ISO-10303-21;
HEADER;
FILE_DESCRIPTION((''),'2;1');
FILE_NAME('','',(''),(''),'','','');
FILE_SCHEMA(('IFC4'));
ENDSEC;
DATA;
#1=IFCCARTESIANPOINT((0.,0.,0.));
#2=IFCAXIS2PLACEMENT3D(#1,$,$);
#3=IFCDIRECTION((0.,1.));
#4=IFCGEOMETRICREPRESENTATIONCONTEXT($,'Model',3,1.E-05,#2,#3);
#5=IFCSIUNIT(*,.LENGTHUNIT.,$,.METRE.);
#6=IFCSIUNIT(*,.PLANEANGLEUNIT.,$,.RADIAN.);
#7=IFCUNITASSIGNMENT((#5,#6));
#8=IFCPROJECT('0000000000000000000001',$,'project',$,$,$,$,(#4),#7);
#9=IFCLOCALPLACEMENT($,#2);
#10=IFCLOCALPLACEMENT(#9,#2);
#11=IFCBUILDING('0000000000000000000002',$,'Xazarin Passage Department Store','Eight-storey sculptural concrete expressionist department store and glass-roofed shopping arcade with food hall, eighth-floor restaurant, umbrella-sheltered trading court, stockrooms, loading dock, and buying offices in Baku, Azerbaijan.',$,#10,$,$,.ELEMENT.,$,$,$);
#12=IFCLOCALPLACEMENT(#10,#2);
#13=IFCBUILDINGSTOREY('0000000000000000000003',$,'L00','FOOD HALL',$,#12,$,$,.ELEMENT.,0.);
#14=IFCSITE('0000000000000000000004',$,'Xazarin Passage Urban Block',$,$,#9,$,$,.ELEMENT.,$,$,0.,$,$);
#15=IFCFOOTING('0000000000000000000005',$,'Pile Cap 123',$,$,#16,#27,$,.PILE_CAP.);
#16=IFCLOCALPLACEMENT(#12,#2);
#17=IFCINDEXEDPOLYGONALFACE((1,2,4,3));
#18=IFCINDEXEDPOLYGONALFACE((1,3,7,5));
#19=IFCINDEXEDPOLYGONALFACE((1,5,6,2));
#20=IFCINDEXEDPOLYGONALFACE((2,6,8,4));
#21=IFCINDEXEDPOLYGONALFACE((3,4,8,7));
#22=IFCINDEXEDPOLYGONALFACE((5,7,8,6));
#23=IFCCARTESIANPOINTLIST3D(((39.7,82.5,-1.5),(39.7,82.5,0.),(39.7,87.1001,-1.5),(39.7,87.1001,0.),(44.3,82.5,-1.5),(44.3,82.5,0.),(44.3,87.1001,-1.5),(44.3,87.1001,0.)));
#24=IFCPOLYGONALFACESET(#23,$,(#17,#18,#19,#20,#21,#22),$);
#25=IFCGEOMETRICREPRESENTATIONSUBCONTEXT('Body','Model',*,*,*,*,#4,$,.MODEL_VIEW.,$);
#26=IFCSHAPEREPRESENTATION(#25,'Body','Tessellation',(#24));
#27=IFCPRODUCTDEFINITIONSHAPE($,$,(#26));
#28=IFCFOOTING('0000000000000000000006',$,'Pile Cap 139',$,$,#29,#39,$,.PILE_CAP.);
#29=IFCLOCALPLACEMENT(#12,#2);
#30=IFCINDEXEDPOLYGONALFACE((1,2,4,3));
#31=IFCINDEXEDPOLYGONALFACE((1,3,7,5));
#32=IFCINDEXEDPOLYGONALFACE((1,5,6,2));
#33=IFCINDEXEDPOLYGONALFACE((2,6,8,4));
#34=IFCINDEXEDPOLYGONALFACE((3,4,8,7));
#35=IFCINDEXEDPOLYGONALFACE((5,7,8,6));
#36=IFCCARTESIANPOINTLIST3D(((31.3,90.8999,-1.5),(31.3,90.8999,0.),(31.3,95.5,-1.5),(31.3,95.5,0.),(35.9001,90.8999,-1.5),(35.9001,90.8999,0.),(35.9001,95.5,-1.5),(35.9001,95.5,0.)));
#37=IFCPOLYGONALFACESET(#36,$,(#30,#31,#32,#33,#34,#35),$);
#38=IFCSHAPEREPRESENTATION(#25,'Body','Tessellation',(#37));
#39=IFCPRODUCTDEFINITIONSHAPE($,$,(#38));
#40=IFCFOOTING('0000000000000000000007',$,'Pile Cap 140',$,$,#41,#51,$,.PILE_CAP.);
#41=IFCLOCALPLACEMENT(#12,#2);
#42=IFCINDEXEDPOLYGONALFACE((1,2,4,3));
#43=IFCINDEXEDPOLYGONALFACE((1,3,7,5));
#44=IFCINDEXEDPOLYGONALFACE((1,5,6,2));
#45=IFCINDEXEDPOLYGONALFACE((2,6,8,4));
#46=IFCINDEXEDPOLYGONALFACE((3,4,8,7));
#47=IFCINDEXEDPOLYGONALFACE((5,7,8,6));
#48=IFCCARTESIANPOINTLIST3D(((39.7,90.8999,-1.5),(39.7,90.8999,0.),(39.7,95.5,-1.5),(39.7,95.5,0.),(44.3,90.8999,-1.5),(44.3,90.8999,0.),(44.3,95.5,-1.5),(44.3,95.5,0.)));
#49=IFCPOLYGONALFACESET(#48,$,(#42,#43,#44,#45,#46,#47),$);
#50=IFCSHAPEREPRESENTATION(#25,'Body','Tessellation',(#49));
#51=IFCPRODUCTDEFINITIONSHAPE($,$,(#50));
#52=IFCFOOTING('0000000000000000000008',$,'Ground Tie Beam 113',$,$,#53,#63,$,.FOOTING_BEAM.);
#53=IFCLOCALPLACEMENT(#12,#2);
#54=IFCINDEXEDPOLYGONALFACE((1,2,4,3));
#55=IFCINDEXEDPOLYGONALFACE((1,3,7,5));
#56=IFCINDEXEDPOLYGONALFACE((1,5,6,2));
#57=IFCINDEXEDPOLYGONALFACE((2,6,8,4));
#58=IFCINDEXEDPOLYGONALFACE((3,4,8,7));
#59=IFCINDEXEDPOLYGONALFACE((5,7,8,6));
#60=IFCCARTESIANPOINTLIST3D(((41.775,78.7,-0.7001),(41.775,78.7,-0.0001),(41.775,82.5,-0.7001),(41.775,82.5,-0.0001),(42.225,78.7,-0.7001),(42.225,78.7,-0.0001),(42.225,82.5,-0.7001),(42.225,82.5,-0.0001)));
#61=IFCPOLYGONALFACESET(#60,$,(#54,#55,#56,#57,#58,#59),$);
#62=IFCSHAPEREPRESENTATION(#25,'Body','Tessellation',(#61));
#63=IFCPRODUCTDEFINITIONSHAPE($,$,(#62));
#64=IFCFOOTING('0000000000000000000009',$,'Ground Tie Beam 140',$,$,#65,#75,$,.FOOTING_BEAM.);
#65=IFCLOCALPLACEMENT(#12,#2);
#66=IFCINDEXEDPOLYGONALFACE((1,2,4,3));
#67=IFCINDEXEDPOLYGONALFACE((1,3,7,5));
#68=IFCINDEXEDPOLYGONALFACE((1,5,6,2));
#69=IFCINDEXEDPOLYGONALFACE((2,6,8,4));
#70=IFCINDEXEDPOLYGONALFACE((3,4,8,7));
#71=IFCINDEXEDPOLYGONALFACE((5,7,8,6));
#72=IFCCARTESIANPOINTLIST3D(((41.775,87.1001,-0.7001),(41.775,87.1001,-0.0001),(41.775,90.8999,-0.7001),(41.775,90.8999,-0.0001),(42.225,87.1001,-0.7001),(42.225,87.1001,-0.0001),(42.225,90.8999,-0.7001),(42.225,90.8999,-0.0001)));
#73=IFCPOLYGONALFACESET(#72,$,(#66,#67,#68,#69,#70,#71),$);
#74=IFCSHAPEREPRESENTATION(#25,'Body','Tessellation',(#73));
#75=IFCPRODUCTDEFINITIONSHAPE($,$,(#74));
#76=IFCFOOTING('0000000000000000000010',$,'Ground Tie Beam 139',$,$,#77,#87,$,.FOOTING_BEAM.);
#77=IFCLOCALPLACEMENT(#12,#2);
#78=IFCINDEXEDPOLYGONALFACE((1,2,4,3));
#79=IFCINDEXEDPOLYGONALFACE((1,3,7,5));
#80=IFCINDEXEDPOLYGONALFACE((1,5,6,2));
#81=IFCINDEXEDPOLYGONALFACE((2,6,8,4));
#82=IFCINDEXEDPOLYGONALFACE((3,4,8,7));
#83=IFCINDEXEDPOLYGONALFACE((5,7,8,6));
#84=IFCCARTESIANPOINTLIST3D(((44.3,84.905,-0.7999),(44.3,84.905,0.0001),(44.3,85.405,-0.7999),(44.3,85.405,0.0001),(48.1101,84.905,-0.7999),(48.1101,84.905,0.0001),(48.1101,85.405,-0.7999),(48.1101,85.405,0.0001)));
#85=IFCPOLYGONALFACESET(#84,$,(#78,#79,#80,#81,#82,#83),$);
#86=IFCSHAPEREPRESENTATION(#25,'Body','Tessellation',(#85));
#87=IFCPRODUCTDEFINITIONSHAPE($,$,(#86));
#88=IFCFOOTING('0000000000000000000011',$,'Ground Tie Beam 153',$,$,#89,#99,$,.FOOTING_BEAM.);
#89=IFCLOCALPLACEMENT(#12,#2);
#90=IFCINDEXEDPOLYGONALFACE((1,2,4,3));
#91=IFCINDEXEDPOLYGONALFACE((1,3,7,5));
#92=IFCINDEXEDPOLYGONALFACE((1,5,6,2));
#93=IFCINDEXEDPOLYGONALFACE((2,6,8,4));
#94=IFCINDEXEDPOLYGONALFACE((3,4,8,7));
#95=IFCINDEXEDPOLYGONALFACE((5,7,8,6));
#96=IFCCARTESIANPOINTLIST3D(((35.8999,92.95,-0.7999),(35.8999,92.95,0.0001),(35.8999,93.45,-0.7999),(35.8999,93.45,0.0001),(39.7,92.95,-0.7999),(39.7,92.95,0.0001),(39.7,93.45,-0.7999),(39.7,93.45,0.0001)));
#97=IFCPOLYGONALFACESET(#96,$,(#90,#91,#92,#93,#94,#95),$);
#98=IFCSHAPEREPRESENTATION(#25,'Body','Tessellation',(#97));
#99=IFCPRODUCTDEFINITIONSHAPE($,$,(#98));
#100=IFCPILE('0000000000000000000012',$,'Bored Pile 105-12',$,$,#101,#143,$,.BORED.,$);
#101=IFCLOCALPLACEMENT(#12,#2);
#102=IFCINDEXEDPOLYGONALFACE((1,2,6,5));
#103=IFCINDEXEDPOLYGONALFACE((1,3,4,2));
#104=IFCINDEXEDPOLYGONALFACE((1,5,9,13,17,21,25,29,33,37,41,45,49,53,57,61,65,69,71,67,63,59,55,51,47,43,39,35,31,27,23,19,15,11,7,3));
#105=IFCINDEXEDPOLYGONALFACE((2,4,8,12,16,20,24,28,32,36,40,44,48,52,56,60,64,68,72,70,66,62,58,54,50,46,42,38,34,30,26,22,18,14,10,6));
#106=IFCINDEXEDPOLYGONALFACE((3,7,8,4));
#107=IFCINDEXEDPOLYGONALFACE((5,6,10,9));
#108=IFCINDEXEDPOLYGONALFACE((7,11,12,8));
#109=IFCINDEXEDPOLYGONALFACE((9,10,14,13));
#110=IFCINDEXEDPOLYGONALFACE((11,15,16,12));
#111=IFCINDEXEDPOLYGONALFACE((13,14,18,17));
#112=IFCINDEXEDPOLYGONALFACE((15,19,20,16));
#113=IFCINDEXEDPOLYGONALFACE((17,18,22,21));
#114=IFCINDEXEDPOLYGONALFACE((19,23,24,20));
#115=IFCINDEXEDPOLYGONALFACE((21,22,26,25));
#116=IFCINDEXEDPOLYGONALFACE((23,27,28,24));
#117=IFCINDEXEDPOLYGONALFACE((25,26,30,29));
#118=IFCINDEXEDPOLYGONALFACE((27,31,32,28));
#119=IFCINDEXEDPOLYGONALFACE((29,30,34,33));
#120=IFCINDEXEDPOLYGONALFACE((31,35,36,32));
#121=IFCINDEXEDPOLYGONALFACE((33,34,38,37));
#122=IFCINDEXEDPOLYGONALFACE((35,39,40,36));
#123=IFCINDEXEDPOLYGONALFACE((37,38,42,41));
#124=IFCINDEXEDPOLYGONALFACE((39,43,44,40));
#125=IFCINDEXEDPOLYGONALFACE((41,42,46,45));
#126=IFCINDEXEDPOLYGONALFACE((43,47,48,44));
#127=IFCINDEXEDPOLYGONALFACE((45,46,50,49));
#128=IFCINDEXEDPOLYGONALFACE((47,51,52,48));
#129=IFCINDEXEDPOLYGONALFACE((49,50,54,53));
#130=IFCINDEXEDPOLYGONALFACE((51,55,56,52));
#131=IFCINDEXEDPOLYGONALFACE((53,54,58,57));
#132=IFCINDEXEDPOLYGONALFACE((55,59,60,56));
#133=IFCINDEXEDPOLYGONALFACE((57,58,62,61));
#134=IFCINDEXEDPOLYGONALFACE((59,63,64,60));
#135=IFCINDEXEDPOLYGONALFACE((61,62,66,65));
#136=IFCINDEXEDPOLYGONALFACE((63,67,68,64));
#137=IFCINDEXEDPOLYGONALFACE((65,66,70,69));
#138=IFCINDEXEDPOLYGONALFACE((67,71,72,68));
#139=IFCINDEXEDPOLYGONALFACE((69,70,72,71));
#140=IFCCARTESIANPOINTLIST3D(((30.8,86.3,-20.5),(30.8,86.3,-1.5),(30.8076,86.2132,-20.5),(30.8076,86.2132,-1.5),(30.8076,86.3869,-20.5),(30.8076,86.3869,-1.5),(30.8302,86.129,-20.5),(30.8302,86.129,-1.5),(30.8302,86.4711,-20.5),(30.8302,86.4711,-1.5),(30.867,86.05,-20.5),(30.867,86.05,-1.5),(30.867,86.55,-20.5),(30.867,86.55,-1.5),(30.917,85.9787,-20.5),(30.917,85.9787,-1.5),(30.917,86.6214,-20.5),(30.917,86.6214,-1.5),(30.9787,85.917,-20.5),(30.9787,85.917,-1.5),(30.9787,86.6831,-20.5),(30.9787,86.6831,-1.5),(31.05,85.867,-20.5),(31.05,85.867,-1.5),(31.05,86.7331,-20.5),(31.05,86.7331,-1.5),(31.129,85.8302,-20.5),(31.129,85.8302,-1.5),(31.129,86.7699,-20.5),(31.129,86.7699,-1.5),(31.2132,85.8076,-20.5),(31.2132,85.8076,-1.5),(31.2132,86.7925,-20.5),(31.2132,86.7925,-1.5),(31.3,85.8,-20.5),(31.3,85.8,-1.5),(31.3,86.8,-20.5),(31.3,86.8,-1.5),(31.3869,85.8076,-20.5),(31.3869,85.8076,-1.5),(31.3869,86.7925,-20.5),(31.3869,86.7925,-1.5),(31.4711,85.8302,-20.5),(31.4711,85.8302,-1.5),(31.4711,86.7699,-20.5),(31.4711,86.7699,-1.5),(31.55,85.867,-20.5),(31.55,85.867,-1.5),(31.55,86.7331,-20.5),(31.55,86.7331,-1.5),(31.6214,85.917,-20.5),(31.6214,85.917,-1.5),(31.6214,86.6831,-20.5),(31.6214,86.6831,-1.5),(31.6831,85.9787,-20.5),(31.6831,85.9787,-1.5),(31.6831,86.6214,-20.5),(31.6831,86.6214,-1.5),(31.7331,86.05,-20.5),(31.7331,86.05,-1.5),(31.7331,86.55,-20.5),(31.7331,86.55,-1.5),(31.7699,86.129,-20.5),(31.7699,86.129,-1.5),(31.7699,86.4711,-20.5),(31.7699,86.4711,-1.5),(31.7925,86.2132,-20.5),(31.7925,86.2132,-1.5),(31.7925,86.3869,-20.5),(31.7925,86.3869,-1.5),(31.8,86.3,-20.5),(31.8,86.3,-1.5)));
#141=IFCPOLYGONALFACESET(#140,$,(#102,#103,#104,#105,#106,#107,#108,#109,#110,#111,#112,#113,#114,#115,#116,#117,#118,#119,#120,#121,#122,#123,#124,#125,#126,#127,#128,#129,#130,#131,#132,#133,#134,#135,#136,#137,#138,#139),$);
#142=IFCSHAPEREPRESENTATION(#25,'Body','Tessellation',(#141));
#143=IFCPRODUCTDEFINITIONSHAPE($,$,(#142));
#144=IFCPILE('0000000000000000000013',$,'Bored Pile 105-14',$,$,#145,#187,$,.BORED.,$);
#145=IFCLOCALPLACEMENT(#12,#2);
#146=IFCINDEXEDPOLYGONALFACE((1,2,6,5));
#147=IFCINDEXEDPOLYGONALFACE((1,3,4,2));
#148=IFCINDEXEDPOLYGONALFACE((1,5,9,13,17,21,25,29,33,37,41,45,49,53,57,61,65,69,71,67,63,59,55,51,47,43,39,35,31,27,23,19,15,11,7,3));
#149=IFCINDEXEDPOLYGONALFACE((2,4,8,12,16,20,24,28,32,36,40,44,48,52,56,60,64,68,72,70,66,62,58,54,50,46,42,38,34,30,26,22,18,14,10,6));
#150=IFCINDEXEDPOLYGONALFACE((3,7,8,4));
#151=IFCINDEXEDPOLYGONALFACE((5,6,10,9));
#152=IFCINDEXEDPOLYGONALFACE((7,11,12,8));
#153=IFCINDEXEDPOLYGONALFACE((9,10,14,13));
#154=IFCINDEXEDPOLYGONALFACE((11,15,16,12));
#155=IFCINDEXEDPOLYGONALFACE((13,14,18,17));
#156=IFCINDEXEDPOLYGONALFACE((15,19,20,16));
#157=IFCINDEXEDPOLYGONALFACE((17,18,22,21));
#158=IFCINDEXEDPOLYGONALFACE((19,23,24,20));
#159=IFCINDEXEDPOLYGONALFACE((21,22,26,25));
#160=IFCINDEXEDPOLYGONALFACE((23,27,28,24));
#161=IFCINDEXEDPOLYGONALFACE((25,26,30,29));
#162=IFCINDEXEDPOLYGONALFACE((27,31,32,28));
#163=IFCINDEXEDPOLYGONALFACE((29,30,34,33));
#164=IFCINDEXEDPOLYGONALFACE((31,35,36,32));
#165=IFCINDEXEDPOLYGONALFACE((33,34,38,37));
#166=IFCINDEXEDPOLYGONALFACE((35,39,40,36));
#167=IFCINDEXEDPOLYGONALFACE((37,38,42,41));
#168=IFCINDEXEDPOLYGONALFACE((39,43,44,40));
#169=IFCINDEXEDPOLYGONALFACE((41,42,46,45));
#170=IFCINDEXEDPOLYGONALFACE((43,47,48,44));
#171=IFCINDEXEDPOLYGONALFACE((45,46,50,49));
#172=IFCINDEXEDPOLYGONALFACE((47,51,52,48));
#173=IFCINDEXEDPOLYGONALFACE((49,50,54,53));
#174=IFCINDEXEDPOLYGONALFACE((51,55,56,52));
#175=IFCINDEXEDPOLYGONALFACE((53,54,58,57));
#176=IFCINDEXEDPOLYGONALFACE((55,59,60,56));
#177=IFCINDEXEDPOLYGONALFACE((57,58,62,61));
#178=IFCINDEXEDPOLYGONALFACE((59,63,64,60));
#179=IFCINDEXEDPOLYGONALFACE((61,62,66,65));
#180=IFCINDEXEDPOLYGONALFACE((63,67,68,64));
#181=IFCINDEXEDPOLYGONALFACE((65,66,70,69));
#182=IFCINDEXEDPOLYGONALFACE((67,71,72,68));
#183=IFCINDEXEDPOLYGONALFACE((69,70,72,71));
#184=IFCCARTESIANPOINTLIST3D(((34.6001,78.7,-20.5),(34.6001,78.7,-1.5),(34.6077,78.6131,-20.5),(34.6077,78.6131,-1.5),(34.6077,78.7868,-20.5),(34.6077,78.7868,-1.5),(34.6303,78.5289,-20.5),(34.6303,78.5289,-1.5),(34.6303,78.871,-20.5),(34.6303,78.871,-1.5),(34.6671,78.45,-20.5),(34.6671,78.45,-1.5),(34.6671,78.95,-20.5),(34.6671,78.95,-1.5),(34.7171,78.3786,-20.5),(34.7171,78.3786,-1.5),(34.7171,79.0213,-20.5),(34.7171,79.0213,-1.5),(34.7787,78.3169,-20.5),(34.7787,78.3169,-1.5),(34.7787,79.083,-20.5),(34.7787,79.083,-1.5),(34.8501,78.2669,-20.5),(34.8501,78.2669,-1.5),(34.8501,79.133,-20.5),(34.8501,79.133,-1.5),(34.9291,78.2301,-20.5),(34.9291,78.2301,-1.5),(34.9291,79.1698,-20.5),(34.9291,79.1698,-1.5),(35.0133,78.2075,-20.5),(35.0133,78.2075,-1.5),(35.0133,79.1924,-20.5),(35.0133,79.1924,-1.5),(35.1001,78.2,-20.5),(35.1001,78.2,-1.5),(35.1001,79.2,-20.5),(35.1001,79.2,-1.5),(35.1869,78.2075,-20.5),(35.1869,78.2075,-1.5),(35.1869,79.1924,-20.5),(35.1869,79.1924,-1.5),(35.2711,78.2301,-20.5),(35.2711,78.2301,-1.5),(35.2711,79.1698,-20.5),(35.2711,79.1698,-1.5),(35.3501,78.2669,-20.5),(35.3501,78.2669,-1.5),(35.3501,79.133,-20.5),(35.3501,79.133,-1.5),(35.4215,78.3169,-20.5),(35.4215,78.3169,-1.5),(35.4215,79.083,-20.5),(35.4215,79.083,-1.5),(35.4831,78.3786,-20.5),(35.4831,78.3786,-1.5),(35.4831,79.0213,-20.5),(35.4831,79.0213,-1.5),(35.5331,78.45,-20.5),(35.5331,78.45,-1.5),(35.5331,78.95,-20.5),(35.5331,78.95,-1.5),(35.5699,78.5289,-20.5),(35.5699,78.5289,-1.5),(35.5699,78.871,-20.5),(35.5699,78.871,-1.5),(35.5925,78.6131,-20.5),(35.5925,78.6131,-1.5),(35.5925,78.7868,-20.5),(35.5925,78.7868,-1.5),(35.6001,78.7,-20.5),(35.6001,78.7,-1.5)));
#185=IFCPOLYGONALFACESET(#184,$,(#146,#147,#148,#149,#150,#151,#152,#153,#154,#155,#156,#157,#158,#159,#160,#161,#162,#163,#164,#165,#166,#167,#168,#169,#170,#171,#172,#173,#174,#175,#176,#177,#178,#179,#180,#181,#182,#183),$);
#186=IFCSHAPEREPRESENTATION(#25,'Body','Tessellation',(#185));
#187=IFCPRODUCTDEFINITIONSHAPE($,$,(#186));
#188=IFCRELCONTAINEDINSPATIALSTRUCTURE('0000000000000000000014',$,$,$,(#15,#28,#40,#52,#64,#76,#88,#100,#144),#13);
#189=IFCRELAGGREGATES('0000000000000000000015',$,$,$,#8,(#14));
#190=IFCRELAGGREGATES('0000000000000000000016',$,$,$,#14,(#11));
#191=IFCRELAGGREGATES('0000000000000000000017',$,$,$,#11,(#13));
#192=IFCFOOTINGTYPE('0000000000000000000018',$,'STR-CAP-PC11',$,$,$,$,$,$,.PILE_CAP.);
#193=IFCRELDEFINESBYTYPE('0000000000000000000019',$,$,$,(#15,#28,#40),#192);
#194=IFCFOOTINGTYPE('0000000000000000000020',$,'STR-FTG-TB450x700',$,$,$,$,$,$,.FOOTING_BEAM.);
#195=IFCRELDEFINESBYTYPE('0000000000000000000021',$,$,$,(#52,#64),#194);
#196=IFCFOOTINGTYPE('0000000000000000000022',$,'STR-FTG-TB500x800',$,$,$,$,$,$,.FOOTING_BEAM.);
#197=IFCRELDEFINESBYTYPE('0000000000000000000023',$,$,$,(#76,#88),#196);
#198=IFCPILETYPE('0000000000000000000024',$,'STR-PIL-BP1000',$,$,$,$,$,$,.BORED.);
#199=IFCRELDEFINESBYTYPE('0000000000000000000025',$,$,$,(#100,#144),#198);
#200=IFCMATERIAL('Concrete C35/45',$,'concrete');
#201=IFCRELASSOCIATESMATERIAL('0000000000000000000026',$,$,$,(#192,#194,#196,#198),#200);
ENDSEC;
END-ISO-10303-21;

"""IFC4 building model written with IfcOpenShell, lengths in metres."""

from ifc_helpers import new_model, si_unit, direction, frame, origin, origin_2d, place, context, subcontext, project, spatial, rectangle, circle, extrude, material, material_profile, profile_set, type_object, element, save


model = new_model("IFC4")

# Units and contexts
model_context = context("Model", 3, precision=1e-05, world=origin(), true_north=direction((0.0, 1.0)))
body_context = subcontext(model_context, "Body", "Model", "MODEL_VIEW")
ifc_project = project(units=[si_unit("LENGTHUNIT", "METRE"), si_unit("PLANEANGLEUNIT", "RADIAN")], contexts=[model_context])

# Site, building, storey
site_placement = place(None, origin())
site = spatial("IfcSite", under=ifc_project, at=site_placement, Name="Xazarin Passage Urban Block", CompositionType="ELEMENT", RefElevation=0.0)
building_placement = place(site_placement, origin())
building = spatial("IfcBuilding", under=site, at=building_placement, Name="Xazarin Passage Department Store", Description="Eight-storey sculptural concrete expressionist department store and glass-roofed shopping arcade with food hall, eighth-floor restaurant, umbrella-sheltered trading court, stockrooms, loading dock, and buying offices in Baku, Azerbaijan.", CompositionType="ELEMENT")
storey_placement = place(building_placement, origin())
storey = spatial("IfcBuildingStorey", under=building, at=storey_placement, Name="L00", Description="FOOD HALL", CompositionType="ELEMENT", Elevation=0.0)

# Footings
ifc_material_1 = material(Name="Concrete C35/45", Category="concrete")
footing_type_1 = type_object("IfcFootingType", Name="STR-CAP-PC11", PredefinedType="PILE_CAP", material=ifc_material_1)
for number, where, z_axis, x_axis, name in (
    (1, (42.0, 84.8, -1.5), (0.0, 0.0, 1.0), (1.0, 0.0, 0.0), "Pile Cap 123"),
    (2, (33.6001, 93.2, -1.5), (0.0, 0.0, 1.0), (1.0, 0.0, 0.0), "Pile Cap 139"),
    (3, (42.0, 93.2, -1.5), (0.0, 0.0, 1.0), (1.0, 0.0, 0.0), "Pile Cap 140"),
):
    element("IfcFooting", number, at=place(storey_placement, frame(where, z_axis=z_axis, x_axis=x_axis)), inside=storey, type_object=footing_type_1, Name=name, PredefinedType="PILE_CAP", context=body_context, shape_type="SweptSolid", body=[
        extrude(rectangle(XDim=4.6001, YDim=4.6001, at=origin_2d()), origin(), (0.0, 0.0, 1.0), 1.5),
    ])
ifc_material_profile_1 = material_profile(ifc_material_1, rectangle(XDim=0.45, YDim=0.7, at=origin_2d()), Name="RC 450x700")
ifc_profile_set_1 = profile_set([ifc_material_profile_1], Name="Concrete C35/45")
footing_type_2 = type_object("IfcFootingType", Name="STR-FTG-TB450x700", PredefinedType="FOOTING_BEAM", material=ifc_profile_set_1)
footing_1_placement = place(storey_placement, frame((42.0, 78.7, -0.3501), z_axis=(0.0, 1.0, 0.0), x_axis=(-1.0, 0.0, 0.0)))
element("IfcFooting", 4, at=footing_1_placement, inside=storey, type_object=footing_type_2, Name="Ground Tie Beam 113", PredefinedType="FOOTING_BEAM", context=body_context, shape_type="SweptSolid", body=[
    extrude(rectangle(XDim=0.45, YDim=0.7, at=origin_2d()), origin(), (0.0, 0.0, 1.0), 3.8),
])
footing_2_placement = place(storey_placement, frame((42.0, 87.1001, -0.3501), z_axis=(0.0, 1.0, 0.0), x_axis=(-1.0, 0.0, 0.0)))
element("IfcFooting", 5, at=footing_2_placement, inside=storey, type_object=footing_type_2, Name="Ground Tie Beam 140", PredefinedType="FOOTING_BEAM", context=body_context, shape_type="SweptSolid", body=[
    extrude(rectangle(XDim=0.45, YDim=0.7, at=origin_2d()), origin(), (0.0, 0.0, 1.0), 3.7998),
])
ifc_material_profile_2 = material_profile(ifc_material_1, rectangle(XDim=0.5, YDim=0.8, at=origin_2d()), Name="RC 500x800")
ifc_profile_set_2 = profile_set([ifc_material_profile_2], Name="Concrete C35/45")
footing_type_3 = type_object("IfcFootingType", Name="STR-FTG-TB500x800", PredefinedType="FOOTING_BEAM", material=ifc_profile_set_2)
footing_3_placement = place(storey_placement, frame((44.3, 85.155, -0.3999), z_axis=(1.0, 0.0, 0.0), x_axis=(0.0, 1.0, 0.0)))
element("IfcFooting", 6, at=footing_3_placement, inside=storey, type_object=footing_type_3, Name="Ground Tie Beam 139", PredefinedType="FOOTING_BEAM", context=body_context, shape_type="SweptSolid", body=[
    extrude(rectangle(XDim=0.5, YDim=0.8, at=origin_2d()), origin(), (0.0, 0.0, 1.0), 3.8101),
])
footing_4_placement = place(storey_placement, frame((35.8999, 93.2, -0.3999), z_axis=(1.0, 0.0, 0.0), x_axis=(0.0, 1.0, 0.0)))
element("IfcFooting", 7, at=footing_4_placement, inside=storey, type_object=footing_type_3, Name="Ground Tie Beam 153", PredefinedType="FOOTING_BEAM", context=body_context, shape_type="SweptSolid", body=[
    extrude(rectangle(XDim=0.5, YDim=0.8, at=origin_2d()), origin(), (0.0, 0.0, 1.0), 3.8),
])

# Piles
ifc_material_profile_3 = material_profile(ifc_material_1, circle(Radius=0.5, at=origin_2d()), Name="BP 1000")
ifc_profile_set_3 = profile_set([ifc_material_profile_3], Name="Concrete C35/45")
pile_type_1 = type_object("IfcPileType", Name="STR-PIL-BP1000", PredefinedType="BORED", material=ifc_profile_set_3)
for number, where, z_axis, x_axis, name in (
    (8, (31.3, 86.3, -1.5), (0.0, 0.0, -1.0), (1.0, 0.0, 0.0), "Bored Pile 105-12"),
    (9, (35.1001, 78.7, -1.5), (0.0, 0.0, -1.0), (1.0, 0.0, 0.0), "Bored Pile 105-14"),
):
    element("IfcPile", number, at=place(storey_placement, frame(where, z_axis=z_axis, x_axis=x_axis)), inside=storey, type_object=pile_type_1, Name=name, PredefinedType="BORED", context=body_context, shape_type="SweptSolid", body=[
        extrude(circle(Radius=0.5, at=origin_2d()), origin(), (0.0, 0.0, 1.0), 19.0),
    ])

save(model, "model.ifc")
